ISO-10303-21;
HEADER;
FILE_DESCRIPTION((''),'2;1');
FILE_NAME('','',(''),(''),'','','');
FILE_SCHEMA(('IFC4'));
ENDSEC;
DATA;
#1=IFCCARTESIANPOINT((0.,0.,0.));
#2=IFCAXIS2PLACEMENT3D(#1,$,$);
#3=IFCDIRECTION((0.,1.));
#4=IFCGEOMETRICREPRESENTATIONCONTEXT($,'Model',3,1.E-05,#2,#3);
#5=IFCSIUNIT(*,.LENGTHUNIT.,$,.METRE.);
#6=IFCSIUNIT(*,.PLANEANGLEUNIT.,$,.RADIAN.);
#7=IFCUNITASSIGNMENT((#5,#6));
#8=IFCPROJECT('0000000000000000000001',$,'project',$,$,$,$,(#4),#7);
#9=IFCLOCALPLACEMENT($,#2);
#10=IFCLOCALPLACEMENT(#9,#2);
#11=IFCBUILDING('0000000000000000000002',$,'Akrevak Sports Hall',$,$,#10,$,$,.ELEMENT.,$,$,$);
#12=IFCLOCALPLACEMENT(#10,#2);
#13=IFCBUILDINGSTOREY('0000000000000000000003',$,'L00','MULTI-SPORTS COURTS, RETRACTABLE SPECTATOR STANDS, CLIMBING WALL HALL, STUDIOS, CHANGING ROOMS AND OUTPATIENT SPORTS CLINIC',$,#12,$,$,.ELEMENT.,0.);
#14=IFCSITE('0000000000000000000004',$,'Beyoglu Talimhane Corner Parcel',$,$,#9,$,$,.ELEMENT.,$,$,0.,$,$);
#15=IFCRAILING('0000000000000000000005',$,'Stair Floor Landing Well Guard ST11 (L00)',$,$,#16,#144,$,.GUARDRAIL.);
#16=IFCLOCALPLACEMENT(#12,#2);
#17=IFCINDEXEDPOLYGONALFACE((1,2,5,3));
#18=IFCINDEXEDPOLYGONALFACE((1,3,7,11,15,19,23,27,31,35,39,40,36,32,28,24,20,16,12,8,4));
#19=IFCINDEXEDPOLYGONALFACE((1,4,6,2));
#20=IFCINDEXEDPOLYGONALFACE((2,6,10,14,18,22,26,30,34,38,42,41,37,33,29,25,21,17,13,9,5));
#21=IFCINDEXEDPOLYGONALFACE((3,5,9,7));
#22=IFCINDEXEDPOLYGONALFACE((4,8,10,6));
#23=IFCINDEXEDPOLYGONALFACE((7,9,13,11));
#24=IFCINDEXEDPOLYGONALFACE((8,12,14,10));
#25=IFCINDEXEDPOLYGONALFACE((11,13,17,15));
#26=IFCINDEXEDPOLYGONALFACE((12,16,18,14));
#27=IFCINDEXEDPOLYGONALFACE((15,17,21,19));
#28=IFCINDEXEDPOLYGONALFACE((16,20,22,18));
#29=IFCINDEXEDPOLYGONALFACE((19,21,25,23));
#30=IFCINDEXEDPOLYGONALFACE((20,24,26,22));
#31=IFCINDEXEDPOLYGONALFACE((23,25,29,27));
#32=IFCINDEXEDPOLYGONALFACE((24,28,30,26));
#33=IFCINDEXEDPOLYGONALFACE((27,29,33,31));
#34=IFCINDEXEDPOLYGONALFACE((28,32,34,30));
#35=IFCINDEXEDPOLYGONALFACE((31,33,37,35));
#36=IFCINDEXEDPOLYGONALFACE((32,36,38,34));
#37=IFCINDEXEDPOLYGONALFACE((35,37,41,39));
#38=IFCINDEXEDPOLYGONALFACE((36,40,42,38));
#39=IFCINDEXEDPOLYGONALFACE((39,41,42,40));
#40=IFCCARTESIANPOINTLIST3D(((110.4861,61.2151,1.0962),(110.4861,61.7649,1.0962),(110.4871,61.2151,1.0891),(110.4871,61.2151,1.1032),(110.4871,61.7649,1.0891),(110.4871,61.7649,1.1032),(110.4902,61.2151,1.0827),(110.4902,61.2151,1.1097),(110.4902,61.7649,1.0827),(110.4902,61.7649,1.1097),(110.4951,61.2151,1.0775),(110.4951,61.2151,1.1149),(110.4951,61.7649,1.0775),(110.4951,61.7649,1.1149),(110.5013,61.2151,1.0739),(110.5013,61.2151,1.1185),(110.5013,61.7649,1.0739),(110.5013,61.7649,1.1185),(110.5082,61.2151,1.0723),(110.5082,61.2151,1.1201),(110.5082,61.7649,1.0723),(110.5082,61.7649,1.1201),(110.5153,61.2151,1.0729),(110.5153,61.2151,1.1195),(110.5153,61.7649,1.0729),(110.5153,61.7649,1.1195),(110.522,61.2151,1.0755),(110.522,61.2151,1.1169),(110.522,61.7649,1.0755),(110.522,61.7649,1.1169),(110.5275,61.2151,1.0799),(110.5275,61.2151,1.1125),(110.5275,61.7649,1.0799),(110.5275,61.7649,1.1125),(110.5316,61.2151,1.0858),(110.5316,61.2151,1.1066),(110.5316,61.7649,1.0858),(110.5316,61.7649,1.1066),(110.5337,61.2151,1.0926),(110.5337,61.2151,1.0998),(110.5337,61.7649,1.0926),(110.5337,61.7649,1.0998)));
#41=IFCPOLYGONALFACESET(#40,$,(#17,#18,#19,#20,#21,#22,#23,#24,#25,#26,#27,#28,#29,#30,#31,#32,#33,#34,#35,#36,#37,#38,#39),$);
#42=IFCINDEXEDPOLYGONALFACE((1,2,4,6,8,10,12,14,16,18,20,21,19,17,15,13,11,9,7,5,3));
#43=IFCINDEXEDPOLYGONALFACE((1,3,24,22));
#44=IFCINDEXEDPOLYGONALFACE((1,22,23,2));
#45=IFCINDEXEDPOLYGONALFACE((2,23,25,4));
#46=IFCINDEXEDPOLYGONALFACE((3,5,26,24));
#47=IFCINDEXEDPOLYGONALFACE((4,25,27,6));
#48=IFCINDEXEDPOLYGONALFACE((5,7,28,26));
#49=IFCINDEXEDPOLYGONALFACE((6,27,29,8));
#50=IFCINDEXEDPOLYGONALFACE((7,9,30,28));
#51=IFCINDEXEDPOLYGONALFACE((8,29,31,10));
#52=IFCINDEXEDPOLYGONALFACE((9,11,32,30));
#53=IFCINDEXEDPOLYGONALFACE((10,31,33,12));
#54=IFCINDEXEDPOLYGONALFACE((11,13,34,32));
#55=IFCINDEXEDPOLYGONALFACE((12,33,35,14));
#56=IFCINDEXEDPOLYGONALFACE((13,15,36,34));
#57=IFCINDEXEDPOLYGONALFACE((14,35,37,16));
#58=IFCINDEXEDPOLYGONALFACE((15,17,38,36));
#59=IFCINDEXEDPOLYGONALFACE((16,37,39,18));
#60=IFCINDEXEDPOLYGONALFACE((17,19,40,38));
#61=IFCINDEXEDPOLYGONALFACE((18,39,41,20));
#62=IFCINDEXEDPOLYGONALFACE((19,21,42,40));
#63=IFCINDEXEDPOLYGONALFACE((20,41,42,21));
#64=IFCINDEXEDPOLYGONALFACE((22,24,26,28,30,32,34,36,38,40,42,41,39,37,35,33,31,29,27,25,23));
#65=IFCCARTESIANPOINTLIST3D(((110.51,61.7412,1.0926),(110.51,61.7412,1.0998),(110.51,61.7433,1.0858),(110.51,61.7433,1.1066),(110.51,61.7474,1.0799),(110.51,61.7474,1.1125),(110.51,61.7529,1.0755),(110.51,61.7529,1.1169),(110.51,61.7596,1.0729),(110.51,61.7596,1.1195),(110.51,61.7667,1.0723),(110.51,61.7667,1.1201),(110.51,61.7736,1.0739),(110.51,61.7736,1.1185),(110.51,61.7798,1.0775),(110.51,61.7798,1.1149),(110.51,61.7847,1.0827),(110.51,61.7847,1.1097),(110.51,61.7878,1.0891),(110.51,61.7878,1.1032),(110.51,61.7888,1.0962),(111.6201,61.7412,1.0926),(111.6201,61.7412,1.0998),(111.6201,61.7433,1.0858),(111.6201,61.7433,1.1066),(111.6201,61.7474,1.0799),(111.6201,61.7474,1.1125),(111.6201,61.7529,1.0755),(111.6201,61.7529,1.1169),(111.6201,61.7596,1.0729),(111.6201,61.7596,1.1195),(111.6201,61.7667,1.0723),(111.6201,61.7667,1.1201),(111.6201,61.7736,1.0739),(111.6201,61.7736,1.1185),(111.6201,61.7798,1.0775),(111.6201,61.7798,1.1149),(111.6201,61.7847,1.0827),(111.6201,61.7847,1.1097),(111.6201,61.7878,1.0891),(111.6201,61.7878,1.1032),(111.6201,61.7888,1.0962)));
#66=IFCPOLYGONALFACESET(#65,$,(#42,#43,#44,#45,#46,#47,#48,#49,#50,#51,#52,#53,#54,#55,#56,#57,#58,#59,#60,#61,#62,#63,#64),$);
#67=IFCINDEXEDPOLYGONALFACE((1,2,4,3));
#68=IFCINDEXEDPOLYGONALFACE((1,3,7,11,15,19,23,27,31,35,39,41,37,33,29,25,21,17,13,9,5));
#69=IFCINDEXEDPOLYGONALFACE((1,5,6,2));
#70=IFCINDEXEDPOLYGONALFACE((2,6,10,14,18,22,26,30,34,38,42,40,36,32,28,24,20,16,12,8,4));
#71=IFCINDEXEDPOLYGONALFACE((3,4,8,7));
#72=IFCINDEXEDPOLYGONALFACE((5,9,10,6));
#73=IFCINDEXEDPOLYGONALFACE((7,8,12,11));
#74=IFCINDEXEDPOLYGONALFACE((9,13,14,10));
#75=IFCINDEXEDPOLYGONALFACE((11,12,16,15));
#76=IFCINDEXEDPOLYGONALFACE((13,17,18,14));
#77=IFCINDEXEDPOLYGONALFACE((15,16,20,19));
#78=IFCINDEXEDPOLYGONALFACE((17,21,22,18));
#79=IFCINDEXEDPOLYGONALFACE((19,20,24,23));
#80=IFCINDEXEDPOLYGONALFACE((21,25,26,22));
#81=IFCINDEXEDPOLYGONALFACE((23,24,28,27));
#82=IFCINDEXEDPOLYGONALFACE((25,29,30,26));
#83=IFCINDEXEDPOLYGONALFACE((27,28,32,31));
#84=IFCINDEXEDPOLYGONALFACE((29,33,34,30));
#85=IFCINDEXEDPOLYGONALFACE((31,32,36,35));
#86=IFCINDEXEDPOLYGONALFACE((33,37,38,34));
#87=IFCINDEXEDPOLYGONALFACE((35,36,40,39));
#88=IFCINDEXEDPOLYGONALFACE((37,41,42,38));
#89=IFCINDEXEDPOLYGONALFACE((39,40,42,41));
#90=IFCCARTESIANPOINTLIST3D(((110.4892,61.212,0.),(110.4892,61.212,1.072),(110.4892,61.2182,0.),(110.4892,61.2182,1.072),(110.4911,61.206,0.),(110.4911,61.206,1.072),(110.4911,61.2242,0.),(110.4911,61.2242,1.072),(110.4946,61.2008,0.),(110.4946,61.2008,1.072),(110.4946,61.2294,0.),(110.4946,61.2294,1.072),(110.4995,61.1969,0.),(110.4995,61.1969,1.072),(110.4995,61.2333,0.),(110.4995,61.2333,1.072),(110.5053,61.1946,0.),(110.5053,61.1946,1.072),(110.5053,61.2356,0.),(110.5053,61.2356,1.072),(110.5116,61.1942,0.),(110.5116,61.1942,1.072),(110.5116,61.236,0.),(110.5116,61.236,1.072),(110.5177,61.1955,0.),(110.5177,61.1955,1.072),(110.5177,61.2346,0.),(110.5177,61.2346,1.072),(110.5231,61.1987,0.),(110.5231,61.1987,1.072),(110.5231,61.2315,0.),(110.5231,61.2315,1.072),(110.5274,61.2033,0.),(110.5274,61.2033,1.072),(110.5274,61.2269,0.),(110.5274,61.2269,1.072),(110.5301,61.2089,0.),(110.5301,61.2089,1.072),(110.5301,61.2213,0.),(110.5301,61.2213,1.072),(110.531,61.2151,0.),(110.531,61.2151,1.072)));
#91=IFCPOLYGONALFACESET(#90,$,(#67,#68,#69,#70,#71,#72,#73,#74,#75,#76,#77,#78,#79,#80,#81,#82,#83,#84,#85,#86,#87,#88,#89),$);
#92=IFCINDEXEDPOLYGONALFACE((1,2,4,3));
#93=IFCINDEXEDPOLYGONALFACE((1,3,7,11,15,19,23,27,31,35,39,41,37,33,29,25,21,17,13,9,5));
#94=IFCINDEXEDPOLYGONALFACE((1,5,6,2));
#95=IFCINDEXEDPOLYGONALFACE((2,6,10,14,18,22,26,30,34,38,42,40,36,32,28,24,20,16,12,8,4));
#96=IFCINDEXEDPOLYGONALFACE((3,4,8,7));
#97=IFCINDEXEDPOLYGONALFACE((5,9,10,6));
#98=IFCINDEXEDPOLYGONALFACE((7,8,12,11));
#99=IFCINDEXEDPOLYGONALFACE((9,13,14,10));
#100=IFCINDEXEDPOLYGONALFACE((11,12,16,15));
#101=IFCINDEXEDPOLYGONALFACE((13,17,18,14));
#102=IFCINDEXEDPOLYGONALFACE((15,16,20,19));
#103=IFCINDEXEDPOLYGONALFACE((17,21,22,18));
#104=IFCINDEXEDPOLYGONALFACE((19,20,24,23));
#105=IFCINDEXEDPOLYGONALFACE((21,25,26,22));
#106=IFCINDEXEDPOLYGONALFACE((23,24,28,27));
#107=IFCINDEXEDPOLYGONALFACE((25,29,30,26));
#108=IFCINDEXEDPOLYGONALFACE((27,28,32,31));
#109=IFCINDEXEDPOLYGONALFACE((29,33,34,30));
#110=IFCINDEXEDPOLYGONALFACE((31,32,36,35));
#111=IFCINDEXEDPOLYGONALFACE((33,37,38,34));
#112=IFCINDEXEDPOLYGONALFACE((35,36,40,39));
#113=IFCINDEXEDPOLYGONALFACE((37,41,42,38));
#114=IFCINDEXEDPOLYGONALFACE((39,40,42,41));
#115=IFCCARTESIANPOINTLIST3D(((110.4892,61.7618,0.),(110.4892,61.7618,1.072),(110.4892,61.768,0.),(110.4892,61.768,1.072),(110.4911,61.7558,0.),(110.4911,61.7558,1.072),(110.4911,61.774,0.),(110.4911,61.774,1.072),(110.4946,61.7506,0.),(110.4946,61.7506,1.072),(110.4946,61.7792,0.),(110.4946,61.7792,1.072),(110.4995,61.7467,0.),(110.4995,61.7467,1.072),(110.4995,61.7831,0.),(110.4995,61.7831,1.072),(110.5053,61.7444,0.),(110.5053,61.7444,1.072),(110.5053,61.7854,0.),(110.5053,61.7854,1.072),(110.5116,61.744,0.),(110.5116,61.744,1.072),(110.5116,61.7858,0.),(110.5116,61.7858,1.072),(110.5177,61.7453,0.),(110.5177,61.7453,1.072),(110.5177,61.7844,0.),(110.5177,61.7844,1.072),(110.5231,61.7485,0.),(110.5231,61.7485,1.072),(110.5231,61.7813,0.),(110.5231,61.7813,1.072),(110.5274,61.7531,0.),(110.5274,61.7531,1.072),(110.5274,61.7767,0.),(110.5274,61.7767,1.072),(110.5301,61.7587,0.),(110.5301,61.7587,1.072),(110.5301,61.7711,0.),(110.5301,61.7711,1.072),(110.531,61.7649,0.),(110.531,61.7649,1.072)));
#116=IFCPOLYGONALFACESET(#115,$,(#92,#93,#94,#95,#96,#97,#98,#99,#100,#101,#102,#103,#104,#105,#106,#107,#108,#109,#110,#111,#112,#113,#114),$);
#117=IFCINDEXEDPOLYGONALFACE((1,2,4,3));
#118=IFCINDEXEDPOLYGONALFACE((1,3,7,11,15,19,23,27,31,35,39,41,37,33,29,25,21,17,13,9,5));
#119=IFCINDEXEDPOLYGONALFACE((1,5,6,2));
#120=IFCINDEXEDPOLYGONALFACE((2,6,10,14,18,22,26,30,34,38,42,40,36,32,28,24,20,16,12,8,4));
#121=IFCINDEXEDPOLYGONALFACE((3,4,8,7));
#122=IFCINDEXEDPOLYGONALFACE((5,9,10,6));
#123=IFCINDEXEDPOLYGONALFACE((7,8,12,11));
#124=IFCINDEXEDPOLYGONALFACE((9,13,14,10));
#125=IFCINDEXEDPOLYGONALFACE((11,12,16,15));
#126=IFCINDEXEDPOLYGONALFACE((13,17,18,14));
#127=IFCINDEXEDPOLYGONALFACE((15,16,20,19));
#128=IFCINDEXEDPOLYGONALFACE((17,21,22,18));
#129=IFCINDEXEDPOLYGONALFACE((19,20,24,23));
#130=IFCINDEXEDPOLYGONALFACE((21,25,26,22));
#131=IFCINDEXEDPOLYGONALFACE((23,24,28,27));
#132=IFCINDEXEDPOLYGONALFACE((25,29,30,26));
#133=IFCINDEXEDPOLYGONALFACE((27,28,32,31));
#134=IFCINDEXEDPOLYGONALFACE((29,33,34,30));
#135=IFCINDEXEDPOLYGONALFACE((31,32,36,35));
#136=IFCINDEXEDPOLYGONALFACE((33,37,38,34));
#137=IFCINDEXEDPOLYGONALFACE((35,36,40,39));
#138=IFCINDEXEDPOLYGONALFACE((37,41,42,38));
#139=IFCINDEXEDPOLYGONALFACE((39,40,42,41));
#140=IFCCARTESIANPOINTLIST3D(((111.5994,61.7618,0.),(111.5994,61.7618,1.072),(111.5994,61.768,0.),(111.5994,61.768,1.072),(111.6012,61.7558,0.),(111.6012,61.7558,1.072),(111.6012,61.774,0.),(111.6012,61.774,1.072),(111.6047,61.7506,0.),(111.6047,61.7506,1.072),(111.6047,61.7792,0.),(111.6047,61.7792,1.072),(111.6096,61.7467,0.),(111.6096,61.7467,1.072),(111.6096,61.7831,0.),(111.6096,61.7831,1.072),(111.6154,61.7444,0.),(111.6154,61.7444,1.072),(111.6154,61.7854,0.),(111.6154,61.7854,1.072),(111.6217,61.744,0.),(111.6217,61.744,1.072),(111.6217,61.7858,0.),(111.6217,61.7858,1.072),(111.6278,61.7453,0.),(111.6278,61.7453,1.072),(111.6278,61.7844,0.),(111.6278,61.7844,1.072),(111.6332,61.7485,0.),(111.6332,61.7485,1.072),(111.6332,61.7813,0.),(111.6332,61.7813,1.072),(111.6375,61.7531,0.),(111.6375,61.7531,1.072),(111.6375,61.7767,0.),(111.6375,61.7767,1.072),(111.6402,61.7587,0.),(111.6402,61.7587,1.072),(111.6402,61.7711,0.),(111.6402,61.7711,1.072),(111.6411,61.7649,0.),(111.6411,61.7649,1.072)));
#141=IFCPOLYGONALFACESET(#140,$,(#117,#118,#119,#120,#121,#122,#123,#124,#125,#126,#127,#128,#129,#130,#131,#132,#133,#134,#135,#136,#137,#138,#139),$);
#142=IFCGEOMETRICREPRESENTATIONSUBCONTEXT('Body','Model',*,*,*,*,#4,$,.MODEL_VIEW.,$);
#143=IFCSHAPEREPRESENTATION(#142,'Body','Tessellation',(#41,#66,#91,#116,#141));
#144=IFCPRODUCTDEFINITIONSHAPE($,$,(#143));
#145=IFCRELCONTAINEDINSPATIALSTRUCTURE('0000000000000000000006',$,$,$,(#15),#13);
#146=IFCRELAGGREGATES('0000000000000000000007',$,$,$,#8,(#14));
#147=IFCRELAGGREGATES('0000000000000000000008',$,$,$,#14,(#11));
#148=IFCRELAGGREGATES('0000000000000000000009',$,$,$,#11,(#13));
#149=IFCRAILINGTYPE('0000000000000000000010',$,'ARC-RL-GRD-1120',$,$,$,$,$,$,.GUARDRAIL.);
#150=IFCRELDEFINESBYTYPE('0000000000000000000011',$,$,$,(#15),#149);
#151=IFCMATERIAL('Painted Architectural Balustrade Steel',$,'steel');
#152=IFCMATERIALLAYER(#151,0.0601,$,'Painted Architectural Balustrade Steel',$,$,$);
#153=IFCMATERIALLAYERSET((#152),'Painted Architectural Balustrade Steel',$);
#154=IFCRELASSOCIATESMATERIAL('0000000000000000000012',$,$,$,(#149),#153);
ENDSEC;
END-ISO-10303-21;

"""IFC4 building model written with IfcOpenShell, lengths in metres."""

from ifc_helpers import new_model, si_unit, direction, frame, origin, origin_2d, place, context, subcontext, project, spatial, circle, extrude, material, layer, layer_set, type_object, element, save


model = new_model("IFC4")

# Units and contexts
model_context = context("Model", 3, precision=1e-05, world=origin(), true_north=direction((0.0, 1.0)))
body_context = subcontext(model_context, "Body", "Model", "MODEL_VIEW")
ifc_project = project(units=[si_unit("LENGTHUNIT", "METRE"), si_unit("PLANEANGLEUNIT", "RADIAN")], contexts=[model_context])

# Site, building, storey
site_placement = place(None, origin())
site = spatial("IfcSite", under=ifc_project, at=site_placement, Name="Beyoglu Talimhane Corner Parcel", CompositionType="ELEMENT", RefElevation=0.0)
building_placement = place(site_placement, origin())
building = spatial("IfcBuilding", under=site, at=building_placement, Name="Akrevak Sports Hall", CompositionType="ELEMENT")
storey_placement = place(building_placement, origin())
storey = spatial("IfcBuildingStorey", under=building, at=storey_placement, Name="L00", Description="MULTI-SPORTS COURTS, RETRACTABLE SPECTATOR STANDS, CLIMBING WALL HALL, STUDIOS, CHANGING ROOMS AND OUTPATIENT SPORTS CLINIC", CompositionType="ELEMENT", Elevation=0.0)

# Railing
ifc_material_1 = material(Name="Painted Architectural Balustrade Steel", Category="steel")
ifc_layer_1 = layer(ifc_material_1, 0.0601, Name="Painted Architectural Balustrade Steel")
ifc_layer_set_1 = layer_set([ifc_layer_1], Name="Painted Architectural Balustrade Steel")
railing_type_1 = type_object("IfcRailingType", Name="ARC-RL-GRD-1120", PredefinedType="GUARDRAIL", material=ifc_layer_set_1)
railing_1_placement = place(storey_placement, frame((110.51, 61.2151, 0.0)))
element("IfcRailing", 1, at=railing_1_placement, inside=storey, type_object=railing_type_1, Name="Stair Floor Landing Well Guard ST11 (L00)", PredefinedType="GUARDRAIL", context=body_context, shape_type="SweptSolid", body=[
    extrude(circle(Radius=0.0239, at=origin_2d()), frame((0.0, 0.0, 1.0962), z_axis=(0.0, 1.0, 0.0), x_axis=(-1.0, 0.0, 0.0)), (0.0, 0.0, 1.0), 0.5498),
    extrude(circle(Radius=0.0239, at=origin_2d()), frame((0.0, 0.5498, 1.0962), z_axis=(1.0, 0.0, 0.0), x_axis=(0.0, 1.0, 0.0)), (0.0, 0.0, 1.0), 1.1101),
    extrude(circle(Radius=0.021, at=origin_2d()), origin(), (0.0, 0.0, 1.0), 1.072),
    extrude(circle(Radius=0.021, at=origin_2d()), frame((0.0, 0.5498, 0.0)), (0.0, 0.0, 1.0), 1.072),
    extrude(circle(Radius=0.021, at=origin_2d()), frame((1.1101, 0.5498, 0.0)), (0.0, 0.0, 1.0), 1.072),
])

save(model, "model.ifc")
